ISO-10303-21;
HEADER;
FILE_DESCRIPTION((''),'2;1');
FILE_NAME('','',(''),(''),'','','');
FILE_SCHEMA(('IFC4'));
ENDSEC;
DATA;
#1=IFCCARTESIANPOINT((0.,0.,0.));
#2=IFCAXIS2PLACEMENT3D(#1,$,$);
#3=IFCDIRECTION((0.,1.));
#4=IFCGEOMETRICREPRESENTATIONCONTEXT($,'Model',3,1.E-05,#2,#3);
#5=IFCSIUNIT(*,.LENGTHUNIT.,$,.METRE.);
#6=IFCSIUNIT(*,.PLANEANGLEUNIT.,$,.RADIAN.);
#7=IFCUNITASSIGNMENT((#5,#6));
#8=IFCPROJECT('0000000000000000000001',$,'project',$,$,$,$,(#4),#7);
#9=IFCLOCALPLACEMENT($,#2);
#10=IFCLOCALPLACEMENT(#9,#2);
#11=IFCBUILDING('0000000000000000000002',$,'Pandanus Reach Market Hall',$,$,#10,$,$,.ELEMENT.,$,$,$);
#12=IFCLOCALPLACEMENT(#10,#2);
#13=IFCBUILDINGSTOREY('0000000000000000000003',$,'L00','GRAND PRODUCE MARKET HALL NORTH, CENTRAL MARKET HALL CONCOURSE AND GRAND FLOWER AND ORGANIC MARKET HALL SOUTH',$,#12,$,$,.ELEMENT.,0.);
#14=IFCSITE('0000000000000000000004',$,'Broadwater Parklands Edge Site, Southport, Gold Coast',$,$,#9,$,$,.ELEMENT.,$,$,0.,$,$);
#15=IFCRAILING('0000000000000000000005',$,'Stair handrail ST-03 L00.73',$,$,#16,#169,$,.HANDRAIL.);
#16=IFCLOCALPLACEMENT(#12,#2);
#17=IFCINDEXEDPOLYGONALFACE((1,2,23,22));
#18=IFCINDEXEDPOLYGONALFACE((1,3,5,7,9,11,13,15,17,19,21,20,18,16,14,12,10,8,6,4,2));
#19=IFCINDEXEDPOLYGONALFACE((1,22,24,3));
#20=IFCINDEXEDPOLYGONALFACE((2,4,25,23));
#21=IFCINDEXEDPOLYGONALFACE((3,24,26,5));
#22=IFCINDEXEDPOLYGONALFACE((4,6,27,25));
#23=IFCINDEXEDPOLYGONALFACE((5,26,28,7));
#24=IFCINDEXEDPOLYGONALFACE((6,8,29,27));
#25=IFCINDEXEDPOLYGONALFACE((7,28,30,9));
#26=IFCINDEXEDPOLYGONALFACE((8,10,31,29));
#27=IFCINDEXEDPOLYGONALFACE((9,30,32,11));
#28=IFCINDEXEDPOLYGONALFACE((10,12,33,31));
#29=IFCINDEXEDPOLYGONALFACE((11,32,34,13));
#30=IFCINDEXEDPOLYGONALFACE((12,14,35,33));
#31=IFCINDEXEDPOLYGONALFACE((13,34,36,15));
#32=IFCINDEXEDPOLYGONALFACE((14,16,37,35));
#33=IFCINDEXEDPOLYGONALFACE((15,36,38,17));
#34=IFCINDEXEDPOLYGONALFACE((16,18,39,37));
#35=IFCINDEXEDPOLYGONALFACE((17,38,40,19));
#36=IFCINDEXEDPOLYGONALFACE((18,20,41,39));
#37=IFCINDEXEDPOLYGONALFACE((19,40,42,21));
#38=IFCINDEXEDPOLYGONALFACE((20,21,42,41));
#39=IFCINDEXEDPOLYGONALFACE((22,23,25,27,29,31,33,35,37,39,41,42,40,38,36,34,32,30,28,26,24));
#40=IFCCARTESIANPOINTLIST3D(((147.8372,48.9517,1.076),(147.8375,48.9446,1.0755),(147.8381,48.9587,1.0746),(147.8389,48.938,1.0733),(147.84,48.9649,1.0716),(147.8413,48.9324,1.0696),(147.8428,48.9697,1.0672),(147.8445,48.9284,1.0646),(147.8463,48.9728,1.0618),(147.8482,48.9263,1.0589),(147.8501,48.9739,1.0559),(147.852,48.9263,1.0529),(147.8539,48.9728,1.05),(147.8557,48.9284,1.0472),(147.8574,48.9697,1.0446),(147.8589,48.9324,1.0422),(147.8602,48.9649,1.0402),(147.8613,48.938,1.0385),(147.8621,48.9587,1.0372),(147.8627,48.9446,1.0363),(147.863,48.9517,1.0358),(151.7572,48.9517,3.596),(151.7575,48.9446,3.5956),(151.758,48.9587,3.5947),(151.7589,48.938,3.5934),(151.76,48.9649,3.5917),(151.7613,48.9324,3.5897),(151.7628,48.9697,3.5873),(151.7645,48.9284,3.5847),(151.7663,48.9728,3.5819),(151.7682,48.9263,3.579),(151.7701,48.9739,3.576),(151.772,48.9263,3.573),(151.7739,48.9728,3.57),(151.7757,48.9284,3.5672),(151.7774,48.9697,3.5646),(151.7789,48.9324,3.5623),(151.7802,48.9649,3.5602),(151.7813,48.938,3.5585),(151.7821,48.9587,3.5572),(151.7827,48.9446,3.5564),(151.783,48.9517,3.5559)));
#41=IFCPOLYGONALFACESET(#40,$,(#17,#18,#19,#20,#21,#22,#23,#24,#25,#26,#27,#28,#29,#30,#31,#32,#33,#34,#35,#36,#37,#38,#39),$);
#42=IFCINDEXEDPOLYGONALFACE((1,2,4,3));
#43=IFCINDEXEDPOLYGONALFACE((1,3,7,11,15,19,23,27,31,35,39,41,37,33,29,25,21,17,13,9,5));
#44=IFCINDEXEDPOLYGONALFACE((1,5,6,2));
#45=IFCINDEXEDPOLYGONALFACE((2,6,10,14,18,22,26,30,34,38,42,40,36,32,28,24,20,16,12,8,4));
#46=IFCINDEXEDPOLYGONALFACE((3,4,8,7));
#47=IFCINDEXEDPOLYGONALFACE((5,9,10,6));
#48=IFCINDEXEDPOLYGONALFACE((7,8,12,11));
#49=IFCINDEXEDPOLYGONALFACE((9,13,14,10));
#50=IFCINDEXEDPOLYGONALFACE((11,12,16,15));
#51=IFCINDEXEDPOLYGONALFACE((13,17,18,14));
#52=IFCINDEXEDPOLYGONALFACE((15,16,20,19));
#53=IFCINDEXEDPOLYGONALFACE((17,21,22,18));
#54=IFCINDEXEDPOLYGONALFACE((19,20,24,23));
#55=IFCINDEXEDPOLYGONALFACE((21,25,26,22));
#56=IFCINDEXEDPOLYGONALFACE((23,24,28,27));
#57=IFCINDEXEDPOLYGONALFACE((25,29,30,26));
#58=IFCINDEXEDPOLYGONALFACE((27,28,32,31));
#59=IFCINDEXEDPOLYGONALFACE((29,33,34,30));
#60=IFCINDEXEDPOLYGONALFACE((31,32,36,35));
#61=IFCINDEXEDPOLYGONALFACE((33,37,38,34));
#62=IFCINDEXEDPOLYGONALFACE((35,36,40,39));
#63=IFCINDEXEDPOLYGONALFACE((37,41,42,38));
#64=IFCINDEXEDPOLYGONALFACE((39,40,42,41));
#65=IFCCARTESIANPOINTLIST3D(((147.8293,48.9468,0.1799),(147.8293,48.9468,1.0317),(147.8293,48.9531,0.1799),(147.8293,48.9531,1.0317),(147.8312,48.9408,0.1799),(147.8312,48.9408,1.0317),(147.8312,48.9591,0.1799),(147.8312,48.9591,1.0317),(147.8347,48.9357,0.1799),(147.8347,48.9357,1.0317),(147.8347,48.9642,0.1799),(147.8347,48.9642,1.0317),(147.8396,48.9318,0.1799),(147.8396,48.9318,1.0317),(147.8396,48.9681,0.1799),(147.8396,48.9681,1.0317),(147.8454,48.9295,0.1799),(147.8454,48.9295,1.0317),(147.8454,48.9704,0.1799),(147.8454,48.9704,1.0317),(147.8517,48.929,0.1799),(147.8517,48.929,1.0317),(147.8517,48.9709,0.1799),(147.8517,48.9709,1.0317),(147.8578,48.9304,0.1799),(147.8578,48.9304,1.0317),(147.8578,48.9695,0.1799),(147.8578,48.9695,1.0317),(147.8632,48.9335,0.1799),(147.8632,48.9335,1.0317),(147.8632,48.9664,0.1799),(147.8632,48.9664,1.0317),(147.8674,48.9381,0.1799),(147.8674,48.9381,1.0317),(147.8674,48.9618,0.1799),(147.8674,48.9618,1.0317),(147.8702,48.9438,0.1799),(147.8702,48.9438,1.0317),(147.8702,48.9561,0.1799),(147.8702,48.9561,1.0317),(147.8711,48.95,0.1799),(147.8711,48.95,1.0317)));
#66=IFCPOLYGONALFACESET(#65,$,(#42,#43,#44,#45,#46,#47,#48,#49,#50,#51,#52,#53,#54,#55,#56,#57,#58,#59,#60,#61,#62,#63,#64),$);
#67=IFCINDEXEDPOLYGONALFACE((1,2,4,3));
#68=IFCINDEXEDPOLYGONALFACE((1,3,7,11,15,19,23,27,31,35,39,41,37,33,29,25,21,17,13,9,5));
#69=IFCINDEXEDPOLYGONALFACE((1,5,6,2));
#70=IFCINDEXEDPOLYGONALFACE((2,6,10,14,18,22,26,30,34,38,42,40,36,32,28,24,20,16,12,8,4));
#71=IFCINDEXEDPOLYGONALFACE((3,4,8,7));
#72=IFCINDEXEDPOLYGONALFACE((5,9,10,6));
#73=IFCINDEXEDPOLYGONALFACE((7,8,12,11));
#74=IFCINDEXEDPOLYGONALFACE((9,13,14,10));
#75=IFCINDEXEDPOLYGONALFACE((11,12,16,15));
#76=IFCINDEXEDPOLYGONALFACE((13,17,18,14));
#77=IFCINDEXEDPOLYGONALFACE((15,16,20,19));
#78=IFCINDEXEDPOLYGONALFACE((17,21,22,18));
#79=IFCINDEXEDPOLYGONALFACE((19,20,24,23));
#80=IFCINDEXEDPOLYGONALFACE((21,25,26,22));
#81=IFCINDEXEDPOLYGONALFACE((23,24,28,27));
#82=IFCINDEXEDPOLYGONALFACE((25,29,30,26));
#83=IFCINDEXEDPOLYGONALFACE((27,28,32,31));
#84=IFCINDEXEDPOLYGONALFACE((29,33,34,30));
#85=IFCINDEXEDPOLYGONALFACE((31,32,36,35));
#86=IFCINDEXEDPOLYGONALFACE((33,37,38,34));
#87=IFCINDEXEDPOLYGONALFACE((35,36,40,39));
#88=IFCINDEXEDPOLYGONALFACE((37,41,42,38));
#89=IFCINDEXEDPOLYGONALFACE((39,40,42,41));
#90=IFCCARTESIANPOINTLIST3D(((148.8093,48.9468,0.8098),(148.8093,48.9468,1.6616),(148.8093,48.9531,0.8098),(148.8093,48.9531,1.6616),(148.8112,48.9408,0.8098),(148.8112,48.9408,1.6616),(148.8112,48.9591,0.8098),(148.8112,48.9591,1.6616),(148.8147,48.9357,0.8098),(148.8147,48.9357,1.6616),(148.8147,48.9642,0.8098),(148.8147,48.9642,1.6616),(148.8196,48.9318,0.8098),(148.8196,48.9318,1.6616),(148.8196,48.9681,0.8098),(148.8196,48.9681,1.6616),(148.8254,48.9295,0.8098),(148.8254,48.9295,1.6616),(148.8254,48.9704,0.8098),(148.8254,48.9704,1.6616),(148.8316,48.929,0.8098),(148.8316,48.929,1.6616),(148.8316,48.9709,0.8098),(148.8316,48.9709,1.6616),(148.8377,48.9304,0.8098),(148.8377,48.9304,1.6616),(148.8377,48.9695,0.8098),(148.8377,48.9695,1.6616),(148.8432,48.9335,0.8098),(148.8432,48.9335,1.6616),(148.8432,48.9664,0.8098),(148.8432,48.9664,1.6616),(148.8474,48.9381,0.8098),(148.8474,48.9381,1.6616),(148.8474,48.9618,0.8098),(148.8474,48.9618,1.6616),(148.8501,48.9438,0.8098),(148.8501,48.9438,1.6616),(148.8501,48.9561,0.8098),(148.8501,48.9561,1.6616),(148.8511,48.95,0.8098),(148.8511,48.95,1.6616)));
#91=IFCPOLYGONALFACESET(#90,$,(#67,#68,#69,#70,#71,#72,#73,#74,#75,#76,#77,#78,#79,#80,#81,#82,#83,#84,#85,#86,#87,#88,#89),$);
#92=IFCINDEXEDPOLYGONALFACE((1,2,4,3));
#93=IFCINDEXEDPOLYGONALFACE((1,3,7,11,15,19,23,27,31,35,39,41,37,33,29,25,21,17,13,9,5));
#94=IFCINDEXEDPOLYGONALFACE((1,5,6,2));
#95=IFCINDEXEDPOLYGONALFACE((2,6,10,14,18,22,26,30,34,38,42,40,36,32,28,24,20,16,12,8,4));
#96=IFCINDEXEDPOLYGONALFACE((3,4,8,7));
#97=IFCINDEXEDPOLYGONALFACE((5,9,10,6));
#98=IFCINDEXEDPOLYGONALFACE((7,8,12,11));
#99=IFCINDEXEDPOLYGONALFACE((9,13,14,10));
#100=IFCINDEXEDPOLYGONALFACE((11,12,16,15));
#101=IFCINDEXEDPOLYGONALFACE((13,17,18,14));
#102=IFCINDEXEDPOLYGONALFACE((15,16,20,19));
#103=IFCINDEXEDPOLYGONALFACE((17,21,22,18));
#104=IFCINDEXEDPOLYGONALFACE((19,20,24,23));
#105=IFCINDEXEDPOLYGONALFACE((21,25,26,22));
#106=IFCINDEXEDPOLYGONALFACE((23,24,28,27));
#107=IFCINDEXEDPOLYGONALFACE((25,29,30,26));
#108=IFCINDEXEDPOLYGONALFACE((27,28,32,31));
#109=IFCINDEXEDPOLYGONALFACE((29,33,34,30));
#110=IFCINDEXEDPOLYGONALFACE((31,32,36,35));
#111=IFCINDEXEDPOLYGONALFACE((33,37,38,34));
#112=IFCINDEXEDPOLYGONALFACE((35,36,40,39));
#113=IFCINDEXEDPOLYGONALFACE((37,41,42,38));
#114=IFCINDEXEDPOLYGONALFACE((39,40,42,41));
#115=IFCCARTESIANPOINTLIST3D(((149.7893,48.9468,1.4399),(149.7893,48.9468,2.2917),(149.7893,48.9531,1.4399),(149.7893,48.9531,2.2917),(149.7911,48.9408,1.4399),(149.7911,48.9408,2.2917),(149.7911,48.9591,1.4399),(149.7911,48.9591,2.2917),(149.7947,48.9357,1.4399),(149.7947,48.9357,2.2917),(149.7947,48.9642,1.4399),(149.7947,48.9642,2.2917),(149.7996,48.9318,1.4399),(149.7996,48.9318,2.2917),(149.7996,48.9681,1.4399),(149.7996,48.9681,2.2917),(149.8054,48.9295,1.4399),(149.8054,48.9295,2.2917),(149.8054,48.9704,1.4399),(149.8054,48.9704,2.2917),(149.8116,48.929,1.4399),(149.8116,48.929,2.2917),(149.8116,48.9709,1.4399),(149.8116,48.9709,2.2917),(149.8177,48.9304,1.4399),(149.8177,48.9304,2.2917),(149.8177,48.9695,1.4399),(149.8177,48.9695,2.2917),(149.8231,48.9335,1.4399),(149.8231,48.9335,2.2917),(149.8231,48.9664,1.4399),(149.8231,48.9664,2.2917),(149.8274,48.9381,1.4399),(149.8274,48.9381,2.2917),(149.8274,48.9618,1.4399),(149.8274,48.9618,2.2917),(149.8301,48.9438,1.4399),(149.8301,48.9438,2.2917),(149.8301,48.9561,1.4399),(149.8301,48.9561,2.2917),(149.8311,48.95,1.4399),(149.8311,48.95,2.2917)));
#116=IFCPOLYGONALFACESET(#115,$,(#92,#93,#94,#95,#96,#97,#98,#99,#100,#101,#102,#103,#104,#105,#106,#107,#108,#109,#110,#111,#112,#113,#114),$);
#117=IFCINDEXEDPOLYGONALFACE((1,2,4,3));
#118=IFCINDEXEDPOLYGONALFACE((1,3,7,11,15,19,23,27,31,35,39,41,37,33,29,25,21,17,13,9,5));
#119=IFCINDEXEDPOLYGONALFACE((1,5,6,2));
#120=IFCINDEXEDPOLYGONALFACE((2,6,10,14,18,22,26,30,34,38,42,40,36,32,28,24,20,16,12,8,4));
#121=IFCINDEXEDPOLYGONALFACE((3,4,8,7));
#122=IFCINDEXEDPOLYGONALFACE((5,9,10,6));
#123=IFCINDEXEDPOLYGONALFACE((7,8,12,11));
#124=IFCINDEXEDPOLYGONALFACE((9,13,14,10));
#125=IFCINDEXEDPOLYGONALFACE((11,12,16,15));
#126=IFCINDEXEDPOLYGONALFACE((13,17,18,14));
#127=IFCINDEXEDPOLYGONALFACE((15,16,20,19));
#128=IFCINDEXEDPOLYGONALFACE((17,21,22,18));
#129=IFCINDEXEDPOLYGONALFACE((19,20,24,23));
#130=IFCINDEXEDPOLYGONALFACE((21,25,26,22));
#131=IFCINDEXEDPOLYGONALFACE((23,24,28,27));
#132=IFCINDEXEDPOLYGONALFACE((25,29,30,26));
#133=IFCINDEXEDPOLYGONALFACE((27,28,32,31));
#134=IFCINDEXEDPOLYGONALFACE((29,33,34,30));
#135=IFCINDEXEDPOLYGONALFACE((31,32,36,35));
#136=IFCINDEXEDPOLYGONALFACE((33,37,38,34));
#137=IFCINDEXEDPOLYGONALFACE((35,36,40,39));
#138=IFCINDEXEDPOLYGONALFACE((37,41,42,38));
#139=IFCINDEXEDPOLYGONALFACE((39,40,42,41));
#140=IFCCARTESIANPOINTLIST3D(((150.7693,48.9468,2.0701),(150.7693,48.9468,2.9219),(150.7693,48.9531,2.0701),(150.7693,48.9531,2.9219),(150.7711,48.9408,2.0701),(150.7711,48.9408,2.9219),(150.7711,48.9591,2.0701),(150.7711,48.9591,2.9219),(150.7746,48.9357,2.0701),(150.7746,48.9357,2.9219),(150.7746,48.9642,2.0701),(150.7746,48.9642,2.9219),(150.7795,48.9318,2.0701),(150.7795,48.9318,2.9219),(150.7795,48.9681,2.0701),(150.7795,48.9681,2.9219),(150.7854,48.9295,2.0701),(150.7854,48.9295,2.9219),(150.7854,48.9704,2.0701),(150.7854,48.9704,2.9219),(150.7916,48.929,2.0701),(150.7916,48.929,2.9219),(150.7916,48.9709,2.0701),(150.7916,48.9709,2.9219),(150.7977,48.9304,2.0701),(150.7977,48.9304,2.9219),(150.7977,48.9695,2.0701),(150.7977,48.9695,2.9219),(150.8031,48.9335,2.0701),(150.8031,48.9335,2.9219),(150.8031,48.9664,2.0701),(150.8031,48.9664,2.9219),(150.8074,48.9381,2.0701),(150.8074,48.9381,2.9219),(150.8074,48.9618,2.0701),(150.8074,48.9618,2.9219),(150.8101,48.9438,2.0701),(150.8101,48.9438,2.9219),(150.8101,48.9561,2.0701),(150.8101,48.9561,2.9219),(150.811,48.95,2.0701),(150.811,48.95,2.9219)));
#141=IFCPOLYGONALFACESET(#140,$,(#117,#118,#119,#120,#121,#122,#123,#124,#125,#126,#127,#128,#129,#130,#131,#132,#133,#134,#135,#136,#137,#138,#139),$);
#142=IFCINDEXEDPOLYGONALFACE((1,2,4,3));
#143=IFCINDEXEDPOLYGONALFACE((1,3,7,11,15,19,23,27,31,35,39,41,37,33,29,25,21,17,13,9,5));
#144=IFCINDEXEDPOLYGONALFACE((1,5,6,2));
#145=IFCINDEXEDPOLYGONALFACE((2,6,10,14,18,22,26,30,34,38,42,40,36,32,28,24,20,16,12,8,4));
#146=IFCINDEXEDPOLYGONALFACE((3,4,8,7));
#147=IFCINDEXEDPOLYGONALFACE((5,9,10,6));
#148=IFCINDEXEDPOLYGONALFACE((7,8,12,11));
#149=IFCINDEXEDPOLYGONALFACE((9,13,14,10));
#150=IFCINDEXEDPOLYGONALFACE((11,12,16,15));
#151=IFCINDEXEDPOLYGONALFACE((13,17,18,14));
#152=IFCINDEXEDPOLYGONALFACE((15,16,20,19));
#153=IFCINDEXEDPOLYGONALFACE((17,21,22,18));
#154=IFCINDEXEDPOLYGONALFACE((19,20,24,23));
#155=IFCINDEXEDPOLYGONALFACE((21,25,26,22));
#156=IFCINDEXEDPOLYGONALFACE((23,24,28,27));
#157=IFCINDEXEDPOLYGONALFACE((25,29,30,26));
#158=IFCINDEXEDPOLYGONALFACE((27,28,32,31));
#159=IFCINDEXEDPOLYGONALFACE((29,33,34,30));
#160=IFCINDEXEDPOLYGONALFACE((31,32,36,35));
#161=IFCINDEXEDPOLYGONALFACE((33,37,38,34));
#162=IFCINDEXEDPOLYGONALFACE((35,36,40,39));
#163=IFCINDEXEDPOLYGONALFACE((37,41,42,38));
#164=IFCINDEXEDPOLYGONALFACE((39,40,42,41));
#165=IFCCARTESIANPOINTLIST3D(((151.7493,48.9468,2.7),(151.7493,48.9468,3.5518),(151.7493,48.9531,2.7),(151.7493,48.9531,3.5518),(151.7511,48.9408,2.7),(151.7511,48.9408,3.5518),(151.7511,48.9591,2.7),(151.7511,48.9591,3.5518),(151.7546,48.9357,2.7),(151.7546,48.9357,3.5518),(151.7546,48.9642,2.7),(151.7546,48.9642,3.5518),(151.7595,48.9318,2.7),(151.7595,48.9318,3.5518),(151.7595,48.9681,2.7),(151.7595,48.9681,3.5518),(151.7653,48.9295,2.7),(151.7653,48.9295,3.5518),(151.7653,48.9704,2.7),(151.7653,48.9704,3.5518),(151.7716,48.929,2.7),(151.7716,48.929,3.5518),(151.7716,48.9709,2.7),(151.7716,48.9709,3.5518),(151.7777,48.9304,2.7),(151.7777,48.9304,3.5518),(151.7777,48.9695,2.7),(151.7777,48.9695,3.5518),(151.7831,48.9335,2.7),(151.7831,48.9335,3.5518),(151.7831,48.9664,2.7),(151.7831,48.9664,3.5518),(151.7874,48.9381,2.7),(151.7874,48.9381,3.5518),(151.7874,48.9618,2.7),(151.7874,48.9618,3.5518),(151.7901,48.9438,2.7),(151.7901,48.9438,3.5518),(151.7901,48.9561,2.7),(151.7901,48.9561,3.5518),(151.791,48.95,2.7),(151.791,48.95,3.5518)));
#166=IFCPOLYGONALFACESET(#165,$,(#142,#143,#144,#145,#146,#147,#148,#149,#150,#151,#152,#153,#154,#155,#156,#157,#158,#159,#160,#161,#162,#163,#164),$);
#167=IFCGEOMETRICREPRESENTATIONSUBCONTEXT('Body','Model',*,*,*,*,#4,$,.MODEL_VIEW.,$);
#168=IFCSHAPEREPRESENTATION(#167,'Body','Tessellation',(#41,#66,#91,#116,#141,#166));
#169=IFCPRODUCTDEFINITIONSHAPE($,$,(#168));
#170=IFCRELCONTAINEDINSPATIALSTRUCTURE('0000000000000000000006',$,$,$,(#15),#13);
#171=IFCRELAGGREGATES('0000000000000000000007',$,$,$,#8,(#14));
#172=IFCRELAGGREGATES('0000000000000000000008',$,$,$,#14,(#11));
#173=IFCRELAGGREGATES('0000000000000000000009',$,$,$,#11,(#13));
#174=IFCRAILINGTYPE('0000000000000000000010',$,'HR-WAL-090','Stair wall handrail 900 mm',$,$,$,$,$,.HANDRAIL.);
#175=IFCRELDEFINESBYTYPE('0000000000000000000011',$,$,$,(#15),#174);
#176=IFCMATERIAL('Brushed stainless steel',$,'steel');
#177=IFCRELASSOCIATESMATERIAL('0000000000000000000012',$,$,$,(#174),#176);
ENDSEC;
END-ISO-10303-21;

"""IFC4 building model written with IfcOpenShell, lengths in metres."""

from ifc_helpers import new_model, si_unit, direction, frame, origin, origin_2d, place, context, subcontext, project, spatial, circle, extrude, material, type_object, element, save


model = new_model("IFC4")

# Units and contexts
model_context = context("Model", 3, precision=1e-05, world=origin(), true_north=direction((0.0, 1.0)))
body_context = subcontext(model_context, "Body", "Model", "MODEL_VIEW")
ifc_project = project(units=[si_unit("LENGTHUNIT", "METRE"), si_unit("PLANEANGLEUNIT", "RADIAN")], contexts=[model_context])

# Site, building, storey
site_placement = place(None, origin())
site = spatial("IfcSite", under=ifc_project, at=site_placement, Name="Broadwater Parklands Edge Site, Southport, Gold Coast", CompositionType="ELEMENT", RefElevation=0.0)
building_placement = place(site_placement, origin())
building = spatial("IfcBuilding", under=site, at=building_placement, Name="Pandanus Reach Market Hall", CompositionType="ELEMENT")
storey_placement = place(building_placement, origin())
storey = spatial("IfcBuildingStorey", under=building, at=storey_placement, Name="L00", Description="GRAND PRODUCE MARKET HALL NORTH, CENTRAL MARKET HALL CONCOURSE AND GRAND FLOWER AND ORGANIC MARKET HALL SOUTH", CompositionType="ELEMENT", Elevation=0.0)

# Railing
ifc_material_1 = material(Name="Brushed stainless steel", Category="steel")
railing_type_1 = type_object("IfcRailingType", Name="HR-WAL-090", Description="Stair wall handrail 900 mm", PredefinedType="HANDRAIL", material=ifc_material_1)
railing_1_placement = place(storey_placement, frame((147.8501, 48.95, 0.1799)))
element("IfcRailing", 1, at=railing_1_placement, inside=storey, type_object=railing_type_1, Name="Stair handrail ST-03 L00.73", PredefinedType="HANDRAIL", context=body_context, shape_type="SweptSolid", body=[
    extrude(circle(Radius=0.0239, at=origin_2d()), frame((0.0, 0.0, 0.876), z_axis=(0.841172, 0.0, 0.540768), x_axis=(0.0, 1.0, 0.0)), (0.0, 0.0, 1.0), 4.6602),
    extrude(circle(Radius=0.021, at=origin_2d()), origin(), (0.0, 0.0, 1.0), 0.8518),
    extrude(circle(Radius=0.021, at=origin_2d()), frame((0.98, 0.0, 0.6299)), (0.0, 0.0, 1.0), 0.8518),
    extrude(circle(Radius=0.021, at=origin_2d()), frame((1.96, 0.0, 1.26)), (0.0, 0.0, 1.0), 0.8518),
    extrude(circle(Radius=0.021, at=origin_2d()), frame((2.9399, 0.0, 1.8901)), (0.0, 0.0, 1.0), 0.8518),
    extrude(circle(Radius=0.021, at=origin_2d()), frame((3.9199, 0.0, 2.52)), (0.0, 0.0, 1.0), 0.8518),
])

save(model, "model.ifc")
